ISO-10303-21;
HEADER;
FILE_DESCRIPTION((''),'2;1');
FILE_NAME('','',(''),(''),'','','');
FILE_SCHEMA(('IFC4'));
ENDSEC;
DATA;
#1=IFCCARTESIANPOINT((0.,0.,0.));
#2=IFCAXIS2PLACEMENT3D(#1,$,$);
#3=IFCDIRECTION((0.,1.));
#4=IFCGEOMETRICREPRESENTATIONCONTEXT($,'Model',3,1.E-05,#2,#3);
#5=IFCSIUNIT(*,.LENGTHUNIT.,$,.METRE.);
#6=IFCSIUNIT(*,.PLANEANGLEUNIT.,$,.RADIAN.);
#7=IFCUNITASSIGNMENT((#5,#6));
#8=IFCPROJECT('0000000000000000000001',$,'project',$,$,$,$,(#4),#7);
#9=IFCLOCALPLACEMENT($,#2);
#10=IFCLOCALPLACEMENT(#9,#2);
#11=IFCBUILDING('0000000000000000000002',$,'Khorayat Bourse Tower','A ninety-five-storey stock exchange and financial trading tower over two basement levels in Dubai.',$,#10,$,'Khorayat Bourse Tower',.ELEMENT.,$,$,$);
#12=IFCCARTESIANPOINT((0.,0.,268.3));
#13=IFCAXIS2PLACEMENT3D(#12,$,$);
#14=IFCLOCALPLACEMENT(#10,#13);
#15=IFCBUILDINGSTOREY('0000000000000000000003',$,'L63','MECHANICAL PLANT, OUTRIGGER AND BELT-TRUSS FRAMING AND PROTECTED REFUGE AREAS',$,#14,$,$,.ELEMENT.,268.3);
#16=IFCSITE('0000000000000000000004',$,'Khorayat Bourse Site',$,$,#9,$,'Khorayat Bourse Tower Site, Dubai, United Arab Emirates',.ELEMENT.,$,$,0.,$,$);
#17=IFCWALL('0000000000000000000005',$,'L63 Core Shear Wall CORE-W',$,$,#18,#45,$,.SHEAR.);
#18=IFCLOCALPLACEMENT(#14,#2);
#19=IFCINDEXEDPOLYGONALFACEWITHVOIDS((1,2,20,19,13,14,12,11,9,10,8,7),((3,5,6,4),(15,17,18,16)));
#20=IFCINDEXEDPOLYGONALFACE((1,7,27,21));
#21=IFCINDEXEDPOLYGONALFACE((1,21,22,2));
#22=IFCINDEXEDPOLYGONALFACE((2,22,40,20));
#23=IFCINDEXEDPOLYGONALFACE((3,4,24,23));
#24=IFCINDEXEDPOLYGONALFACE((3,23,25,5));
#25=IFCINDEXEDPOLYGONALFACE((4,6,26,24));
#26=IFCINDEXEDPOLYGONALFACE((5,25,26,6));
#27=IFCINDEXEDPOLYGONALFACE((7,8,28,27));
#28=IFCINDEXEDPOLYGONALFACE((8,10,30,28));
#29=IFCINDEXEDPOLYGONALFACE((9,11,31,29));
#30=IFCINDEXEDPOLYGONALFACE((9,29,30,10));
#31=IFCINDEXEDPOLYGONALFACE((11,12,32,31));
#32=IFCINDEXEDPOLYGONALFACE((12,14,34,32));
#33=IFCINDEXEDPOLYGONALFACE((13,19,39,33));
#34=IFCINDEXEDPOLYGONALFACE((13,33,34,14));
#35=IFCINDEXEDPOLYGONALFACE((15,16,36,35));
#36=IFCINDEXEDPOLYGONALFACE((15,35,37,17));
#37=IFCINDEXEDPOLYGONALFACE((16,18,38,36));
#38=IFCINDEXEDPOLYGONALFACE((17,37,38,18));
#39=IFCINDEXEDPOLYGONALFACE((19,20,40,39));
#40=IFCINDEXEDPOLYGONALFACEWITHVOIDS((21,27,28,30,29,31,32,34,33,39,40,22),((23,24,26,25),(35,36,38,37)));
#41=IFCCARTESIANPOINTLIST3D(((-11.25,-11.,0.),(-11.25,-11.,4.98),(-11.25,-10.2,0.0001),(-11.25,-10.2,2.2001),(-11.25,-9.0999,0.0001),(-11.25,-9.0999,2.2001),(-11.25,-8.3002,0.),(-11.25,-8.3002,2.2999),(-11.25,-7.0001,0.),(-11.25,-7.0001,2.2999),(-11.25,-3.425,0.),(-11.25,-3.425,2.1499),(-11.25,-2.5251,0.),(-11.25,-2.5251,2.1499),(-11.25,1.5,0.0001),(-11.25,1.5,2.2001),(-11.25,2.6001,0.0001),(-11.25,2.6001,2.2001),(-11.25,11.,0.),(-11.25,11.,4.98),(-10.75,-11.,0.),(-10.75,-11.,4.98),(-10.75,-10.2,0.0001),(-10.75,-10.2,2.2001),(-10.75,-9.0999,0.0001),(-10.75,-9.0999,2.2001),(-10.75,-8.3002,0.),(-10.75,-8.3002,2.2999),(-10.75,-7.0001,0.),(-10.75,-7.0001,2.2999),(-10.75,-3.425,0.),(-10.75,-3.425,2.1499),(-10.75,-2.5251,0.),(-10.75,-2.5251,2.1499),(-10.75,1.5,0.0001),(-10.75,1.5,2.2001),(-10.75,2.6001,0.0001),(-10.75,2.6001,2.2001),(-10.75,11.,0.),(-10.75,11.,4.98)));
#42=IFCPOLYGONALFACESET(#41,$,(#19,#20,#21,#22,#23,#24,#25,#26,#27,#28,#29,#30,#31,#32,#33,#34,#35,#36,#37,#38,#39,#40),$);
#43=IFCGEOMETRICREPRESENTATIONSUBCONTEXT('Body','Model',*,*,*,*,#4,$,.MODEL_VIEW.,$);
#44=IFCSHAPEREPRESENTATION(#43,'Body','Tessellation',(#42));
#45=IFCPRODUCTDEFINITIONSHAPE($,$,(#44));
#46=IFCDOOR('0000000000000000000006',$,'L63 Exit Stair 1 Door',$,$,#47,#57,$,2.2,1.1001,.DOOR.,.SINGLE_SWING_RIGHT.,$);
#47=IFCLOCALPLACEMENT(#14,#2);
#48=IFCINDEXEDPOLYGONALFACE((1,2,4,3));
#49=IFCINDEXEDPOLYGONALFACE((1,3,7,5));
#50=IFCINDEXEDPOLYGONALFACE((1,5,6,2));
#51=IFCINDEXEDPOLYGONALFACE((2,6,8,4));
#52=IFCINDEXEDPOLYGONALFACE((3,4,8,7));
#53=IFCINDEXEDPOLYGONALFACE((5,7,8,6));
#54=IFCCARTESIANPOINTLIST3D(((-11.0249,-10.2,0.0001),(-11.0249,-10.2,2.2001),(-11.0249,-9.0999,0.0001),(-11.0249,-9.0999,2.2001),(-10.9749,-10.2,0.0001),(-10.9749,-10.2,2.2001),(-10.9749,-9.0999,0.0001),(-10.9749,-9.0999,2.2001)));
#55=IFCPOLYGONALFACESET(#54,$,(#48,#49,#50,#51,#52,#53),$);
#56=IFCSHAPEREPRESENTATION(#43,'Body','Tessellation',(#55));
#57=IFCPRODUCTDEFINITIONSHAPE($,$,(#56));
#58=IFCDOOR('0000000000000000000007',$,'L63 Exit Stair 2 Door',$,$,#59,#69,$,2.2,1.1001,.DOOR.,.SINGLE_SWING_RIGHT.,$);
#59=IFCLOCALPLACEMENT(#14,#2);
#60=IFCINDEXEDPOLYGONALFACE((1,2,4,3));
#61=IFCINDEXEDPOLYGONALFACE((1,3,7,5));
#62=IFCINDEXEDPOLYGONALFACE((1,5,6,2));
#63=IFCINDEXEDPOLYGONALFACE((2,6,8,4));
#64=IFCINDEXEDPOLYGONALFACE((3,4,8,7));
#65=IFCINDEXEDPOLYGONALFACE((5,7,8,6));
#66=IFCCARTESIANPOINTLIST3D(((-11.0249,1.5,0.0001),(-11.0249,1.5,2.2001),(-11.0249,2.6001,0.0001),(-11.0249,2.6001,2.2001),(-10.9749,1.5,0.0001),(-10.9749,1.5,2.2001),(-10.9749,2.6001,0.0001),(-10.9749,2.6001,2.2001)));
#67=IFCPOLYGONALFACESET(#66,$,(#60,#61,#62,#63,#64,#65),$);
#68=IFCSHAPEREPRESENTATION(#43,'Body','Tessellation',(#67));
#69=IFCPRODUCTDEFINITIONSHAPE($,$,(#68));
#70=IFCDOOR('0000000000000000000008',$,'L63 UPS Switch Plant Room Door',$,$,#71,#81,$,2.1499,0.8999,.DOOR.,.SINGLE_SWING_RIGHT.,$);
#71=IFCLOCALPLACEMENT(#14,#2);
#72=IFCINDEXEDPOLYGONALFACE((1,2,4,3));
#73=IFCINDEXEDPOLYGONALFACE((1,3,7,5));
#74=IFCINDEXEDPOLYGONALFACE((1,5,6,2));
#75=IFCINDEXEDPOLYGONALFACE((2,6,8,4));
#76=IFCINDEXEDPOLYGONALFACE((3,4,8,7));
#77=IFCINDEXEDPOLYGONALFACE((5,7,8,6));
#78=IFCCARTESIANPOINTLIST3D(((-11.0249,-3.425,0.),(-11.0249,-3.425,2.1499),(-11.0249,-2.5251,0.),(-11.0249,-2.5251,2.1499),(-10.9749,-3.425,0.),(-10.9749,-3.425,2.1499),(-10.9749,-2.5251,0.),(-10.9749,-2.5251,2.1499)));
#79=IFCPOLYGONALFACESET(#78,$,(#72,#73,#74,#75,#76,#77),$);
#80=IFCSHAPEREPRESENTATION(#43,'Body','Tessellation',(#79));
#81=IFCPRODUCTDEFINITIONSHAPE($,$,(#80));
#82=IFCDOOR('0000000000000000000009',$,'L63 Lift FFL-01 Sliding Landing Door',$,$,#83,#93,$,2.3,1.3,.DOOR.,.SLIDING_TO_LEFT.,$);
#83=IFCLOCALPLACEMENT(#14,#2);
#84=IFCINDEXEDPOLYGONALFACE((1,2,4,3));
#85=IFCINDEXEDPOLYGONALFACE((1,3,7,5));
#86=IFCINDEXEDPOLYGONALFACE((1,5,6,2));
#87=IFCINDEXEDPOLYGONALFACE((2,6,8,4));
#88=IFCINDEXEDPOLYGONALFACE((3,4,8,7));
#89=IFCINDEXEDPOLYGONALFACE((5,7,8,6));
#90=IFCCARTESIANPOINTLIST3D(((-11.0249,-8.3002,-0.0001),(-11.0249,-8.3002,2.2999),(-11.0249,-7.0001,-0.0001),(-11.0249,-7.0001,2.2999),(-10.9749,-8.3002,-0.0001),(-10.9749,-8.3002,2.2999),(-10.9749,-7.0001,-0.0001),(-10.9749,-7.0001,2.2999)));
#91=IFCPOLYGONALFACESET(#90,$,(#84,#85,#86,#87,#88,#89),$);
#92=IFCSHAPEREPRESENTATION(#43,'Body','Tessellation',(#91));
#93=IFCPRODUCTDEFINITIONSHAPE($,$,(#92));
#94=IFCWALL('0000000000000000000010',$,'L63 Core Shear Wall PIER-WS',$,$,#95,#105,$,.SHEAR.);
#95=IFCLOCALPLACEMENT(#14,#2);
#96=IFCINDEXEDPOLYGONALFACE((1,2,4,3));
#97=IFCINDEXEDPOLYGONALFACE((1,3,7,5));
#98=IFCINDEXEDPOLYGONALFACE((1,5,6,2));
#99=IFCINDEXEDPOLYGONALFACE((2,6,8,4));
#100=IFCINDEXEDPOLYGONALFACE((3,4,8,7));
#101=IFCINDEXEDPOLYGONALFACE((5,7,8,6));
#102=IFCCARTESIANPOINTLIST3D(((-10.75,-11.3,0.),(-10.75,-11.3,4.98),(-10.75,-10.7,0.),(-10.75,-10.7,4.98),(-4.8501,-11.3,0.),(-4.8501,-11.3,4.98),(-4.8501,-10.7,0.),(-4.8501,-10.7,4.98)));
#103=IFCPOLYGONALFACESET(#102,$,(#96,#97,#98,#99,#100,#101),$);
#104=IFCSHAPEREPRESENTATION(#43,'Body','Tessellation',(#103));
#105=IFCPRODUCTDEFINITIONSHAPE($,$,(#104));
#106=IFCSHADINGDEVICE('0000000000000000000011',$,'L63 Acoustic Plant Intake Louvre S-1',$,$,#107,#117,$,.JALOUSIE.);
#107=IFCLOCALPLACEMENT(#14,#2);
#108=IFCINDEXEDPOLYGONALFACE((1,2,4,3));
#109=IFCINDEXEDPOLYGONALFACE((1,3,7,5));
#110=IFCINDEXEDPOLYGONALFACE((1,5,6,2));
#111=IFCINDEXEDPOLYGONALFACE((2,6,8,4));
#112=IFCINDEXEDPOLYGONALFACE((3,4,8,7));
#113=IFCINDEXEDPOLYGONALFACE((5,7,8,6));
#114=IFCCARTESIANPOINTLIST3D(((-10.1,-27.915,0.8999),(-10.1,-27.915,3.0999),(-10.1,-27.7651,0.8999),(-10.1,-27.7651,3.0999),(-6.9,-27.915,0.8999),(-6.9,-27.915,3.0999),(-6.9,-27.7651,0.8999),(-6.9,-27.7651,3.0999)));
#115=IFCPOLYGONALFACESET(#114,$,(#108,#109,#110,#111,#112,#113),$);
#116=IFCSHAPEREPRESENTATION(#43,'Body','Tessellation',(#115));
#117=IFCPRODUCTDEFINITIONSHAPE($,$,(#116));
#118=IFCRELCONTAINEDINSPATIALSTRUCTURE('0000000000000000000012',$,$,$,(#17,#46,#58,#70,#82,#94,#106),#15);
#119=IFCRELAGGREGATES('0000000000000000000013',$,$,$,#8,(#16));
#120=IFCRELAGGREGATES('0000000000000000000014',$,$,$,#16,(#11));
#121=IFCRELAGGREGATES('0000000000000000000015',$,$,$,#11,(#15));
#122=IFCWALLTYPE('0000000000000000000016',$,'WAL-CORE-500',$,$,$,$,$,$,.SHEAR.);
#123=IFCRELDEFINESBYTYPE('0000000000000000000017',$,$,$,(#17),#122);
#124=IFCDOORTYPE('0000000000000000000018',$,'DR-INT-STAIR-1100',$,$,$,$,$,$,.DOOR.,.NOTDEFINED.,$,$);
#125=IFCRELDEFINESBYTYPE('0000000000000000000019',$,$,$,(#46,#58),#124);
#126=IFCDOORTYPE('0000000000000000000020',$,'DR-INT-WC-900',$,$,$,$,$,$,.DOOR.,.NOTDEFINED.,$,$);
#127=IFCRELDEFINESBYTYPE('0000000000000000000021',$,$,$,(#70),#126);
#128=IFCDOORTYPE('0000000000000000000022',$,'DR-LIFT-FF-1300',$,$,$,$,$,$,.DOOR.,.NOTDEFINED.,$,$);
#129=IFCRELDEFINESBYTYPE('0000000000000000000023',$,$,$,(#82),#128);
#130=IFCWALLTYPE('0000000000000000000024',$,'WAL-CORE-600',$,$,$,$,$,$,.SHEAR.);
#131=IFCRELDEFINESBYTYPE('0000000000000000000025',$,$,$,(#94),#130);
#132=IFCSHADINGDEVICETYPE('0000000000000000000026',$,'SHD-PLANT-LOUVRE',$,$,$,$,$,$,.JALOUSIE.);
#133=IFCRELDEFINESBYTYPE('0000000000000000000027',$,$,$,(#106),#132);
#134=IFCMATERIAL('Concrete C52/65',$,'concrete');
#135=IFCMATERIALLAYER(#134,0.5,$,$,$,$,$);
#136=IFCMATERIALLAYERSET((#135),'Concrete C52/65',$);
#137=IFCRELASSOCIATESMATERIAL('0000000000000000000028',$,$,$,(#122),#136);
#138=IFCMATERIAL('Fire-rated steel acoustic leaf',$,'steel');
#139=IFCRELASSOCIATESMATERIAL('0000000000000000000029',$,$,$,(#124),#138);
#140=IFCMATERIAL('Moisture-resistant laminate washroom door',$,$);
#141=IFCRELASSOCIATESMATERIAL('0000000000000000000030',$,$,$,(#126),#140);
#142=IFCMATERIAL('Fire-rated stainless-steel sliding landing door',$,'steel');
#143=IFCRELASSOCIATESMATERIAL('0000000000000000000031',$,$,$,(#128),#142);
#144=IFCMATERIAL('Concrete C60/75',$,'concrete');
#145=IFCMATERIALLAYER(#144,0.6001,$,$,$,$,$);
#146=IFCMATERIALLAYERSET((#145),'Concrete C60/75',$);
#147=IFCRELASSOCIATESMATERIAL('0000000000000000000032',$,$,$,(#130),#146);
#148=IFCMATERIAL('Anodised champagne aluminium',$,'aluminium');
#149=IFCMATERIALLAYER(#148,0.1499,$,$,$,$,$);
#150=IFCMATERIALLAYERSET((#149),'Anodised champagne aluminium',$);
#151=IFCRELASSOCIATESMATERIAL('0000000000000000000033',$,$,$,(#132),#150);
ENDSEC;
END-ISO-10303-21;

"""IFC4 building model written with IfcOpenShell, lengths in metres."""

from ifc_helpers import new_model, si_unit, direction, frame, frame_2d, origin, origin_2d, place, context, subcontext, project, spatial, rectangle, extrude, source, transform, mapped, material, layer, layer_set, type_object, element, fill, save


model = new_model("IFC4")

# Units and contexts
model_context = context("Model", 3, precision=1e-05, world=origin(), true_north=direction((0.0, 1.0)))
body_context = subcontext(model_context, "Body", "Model", "MODEL_VIEW")
ifc_project = project(units=[si_unit("LENGTHUNIT", "METRE"), si_unit("PLANEANGLEUNIT", "RADIAN")], contexts=[model_context])

# Site, building, storey
site_placement = place(None, origin())
site = spatial("IfcSite", under=ifc_project, at=site_placement, Name="Khorayat Bourse Site", LongName="Khorayat Bourse Tower Site, Dubai, United Arab Emirates", CompositionType="ELEMENT", RefElevation=0.0)
building_placement = place(site_placement, origin())
building = spatial("IfcBuilding", under=site, at=building_placement, Name="Khorayat Bourse Tower", Description="A ninety-five-storey stock exchange and financial trading tower over two basement levels in Dubai.", LongName="Khorayat Bourse Tower", CompositionType="ELEMENT")
storey_placement = place(building_placement, frame((0.0, 0.0, 268.3)))
storey = spatial("IfcBuildingStorey", under=building, at=storey_placement, Name="L63", Description="MECHANICAL PLANT, OUTRIGGER AND BELT-TRUSS FRAMING AND PROTECTED REFUGE AREAS", CompositionType="ELEMENT", Elevation=268.3)

# Shared definitions
ifc_material_1 = material(Name="Concrete C52/65", Category="concrete")

# Shared definitions
ifc_material_2 = material(Name="Concrete C60/75", Category="concrete")

# Wall, openings, doors
ifc_layer_1 = layer(ifc_material_1, 0.5)
ifc_layer_set_1 = layer_set([ifc_layer_1], Name="Concrete C52/65")
wall_type_1 = type_object("IfcWallType", Name="WAL-CORE-500", PredefinedType="SHEAR", material=ifc_layer_set_1)
shared_shape_1 = source(origin(), body_context, "Body", "SweptSolid", [
    extrude(rectangle(XDim=22.0, YDim=0.5, at=frame_2d((11.0, 0.0))), origin(), (0.0, 0.0, 1.0), 4.98),
])
wall_1_placement = place(storey_placement, frame((-11.0, -11.0, 0.0), z_axis=(0.0, 0.0, 1.0), x_axis=(0.0, 1.0, 0.0)))
wall_1 = element("IfcWall", 1, at=wall_1_placement, inside=storey, type_object=wall_type_1, Name="L63 Core Shear Wall CORE-W", PredefinedType="SHEAR", context=body_context, shape_type="MappedRepresentation", body=[
    mapped(shared_shape_1, transform((0.0, 0.0, 0.0), scale=1.0)),
])
shared_shape_2 = source(origin(), body_context, "Body", "SweptSolid", [
    extrude(rectangle(XDim=1.1001, YDim=2.2, at=frame_2d((0.55, 1.1001))), frame((0.0, 0.26, 0.0), z_axis=(0.0, -1.0, 0.0), x_axis=(1.0, 0.0, 0.0)), (0.0, 0.0, 1.0), 0.52),
])
opening_1_placement = place(wall_1_placement, frame((0.8, 0.0, 0.0)))
opening_1 = element("IfcOpeningElement", 2, at=opening_1_placement, cuts=wall_1, PredefinedType="OPENING", context=body_context, shape_type="MappedRepresentation", body=[
    mapped(shared_shape_2, transform((0.0, 0.0, 0.0), scale=1.0)),
])
opening_2_placement = place(wall_1_placement, frame((12.5, 0.0, 0.0)))
opening_2 = element("IfcOpeningElement", 3, at=opening_2_placement, cuts=wall_1, PredefinedType="OPENING", context=body_context, shape_type="MappedRepresentation", body=[
    mapped(shared_shape_2, transform((0.0, 0.0, 0.0), scale=1.0)),
])
shared_shape_3 = source(origin(), body_context, "Body", "SweptSolid", [
    extrude(rectangle(XDim=0.8999, YDim=2.1499, at=frame_2d((0.45, 1.075))), frame((0.0, 0.26, 0.0), z_axis=(0.0, -1.0, 0.0), x_axis=(1.0, 0.0, 0.0)), (0.0, 0.0, 1.0), 0.52),
])
opening_3_placement = place(wall_1_placement, frame((7.575, 0.0, 0.0)))
opening_3 = element("IfcOpeningElement", 4, at=opening_3_placement, cuts=wall_1, PredefinedType="OPENING", context=body_context, shape_type="MappedRepresentation", body=[
    mapped(shared_shape_3, transform((0.0, 0.0, 0.0), scale=1.0)),
])
shared_shape_4 = source(origin(), body_context, "Body", "SweptSolid", [
    extrude(rectangle(XDim=1.3, YDim=2.3, at=frame_2d((0.6499, 1.1499))), frame((0.0, 0.26, 0.0), z_axis=(0.0, -1.0, 0.0), x_axis=(1.0, 0.0, 0.0)), (0.0, 0.0, 1.0), 0.52),
])
opening_4_placement = place(wall_1_placement, frame((2.7, 0.0, 0.0)))
opening_4 = element("IfcOpeningElement", 5, at=opening_4_placement, cuts=wall_1, PredefinedType="OPENING", context=body_context, shape_type="MappedRepresentation", body=[
    mapped(shared_shape_4, transform((0.0, 0.0, 0.0), scale=1.0)),
])
ifc_material_3 = material(Name="Fire-rated steel acoustic leaf", Category="steel")
door_type_1 = type_object("IfcDoorType", Name="DR-INT-STAIR-1100", OperationType="NOTDEFINED", PredefinedType="DOOR", material=ifc_material_3)
shared_shape_5 = source(origin(), body_context, "Body", "SweptSolid", [
    extrude(rectangle(XDim=1.1001, YDim=2.2, at=frame_2d((0.55, 1.1001))), frame((0.0, 0.0249, 0.0), z_axis=(0.0, -1.0, 0.0), x_axis=(1.0, 0.0, 0.0)), (0.0, 0.0, 1.0), 0.05),
])
door_1_placement = place(opening_1_placement, origin())
door_1 = element("IfcDoor", 6, at=door_1_placement, inside=storey, type_object=door_type_1, Name="L63 Exit Stair 1 Door", OperationType="SINGLE_SWING_RIGHT", OverallHeight=2.2, OverallWidth=1.1001, PredefinedType="DOOR", context=body_context, shape_type="MappedRepresentation", body=[
    mapped(shared_shape_5, transform((0.0, 0.0, 0.0), scale=1.0)),
])
fill(opening_1, door_1)
door_2_placement = place(opening_2_placement, origin())
door_2 = element("IfcDoor", 7, at=door_2_placement, inside=storey, type_object=door_type_1, Name="L63 Exit Stair 2 Door", OperationType="SINGLE_SWING_RIGHT", OverallHeight=2.2, OverallWidth=1.1001, PredefinedType="DOOR", context=body_context, shape_type="MappedRepresentation", body=[
    mapped(shared_shape_5, transform((0.0, 0.0, 0.0), scale=1.0)),
])
fill(opening_2, door_2)
ifc_material_4 = material(Name="Moisture-resistant laminate washroom door")
door_type_2 = type_object("IfcDoorType", Name="DR-INT-WC-900", OperationType="NOTDEFINED", PredefinedType="DOOR", material=ifc_material_4)
shared_shape_6 = source(origin(), body_context, "Body", "SweptSolid", [
    extrude(rectangle(XDim=0.8999, YDim=2.1499, at=frame_2d((0.45, 1.075))), frame((0.0, 0.0249, 0.0), z_axis=(0.0, -1.0, 0.0), x_axis=(1.0, 0.0, 0.0)), (0.0, 0.0, 1.0), 0.05),
])
door_3_placement = place(opening_3_placement, origin())
door_3 = element("IfcDoor", 8, at=door_3_placement, inside=storey, type_object=door_type_2, Name="L63 UPS Switch Plant Room Door", OperationType="SINGLE_SWING_RIGHT", OverallHeight=2.1499, OverallWidth=0.8999, PredefinedType="DOOR", context=body_context, shape_type="MappedRepresentation", body=[
    mapped(shared_shape_6, transform((0.0, 0.0, 0.0), scale=1.0)),
])
fill(opening_3, door_3)
ifc_material_5 = material(Name="Fire-rated stainless-steel sliding landing door", Category="steel")
door_type_3 = type_object("IfcDoorType", Name="DR-LIFT-FF-1300", OperationType="NOTDEFINED", PredefinedType="DOOR", material=ifc_material_5)
shared_shape_7 = source(origin(), body_context, "Body", "SweptSolid", [
    extrude(rectangle(XDim=1.3, YDim=2.3, at=frame_2d((0.6499, 1.1499))), frame((0.0, 0.0249, 0.0), z_axis=(0.0, -1.0, 0.0), x_axis=(1.0, 0.0, 0.0)), (0.0, 0.0, 1.0), 0.05),
])
door_4_placement = place(opening_4_placement, origin())
door_4 = element("IfcDoor", 9, at=door_4_placement, inside=storey, type_object=door_type_3, Name="L63 Lift FFL-01 Sliding Landing Door", OperationType="SLIDING_TO_LEFT", OverallHeight=2.3, OverallWidth=1.3, PredefinedType="DOOR", context=body_context, shape_type="MappedRepresentation", body=[
    mapped(shared_shape_7, transform((0.0, 0.0, 0.0), scale=1.0)),
])
fill(opening_4, door_4)

# Wall
ifc_layer_2 = layer(ifc_material_2, 0.6001)
ifc_layer_set_2 = layer_set([ifc_layer_2], Name="Concrete C60/75")
wall_type_2 = type_object("IfcWallType", Name="WAL-CORE-600", PredefinedType="SHEAR", material=ifc_layer_set_2)
shared_shape_8 = source(origin(), body_context, "Body", "SweptSolid", [
    extrude(rectangle(XDim=5.8999, YDim=0.6001, at=frame_2d((2.95, 0.0))), origin(), (0.0, 0.0, 1.0), 4.98),
])
wall_2_placement = place(storey_placement, frame((-10.75, -11.0, 0.0), z_axis=(0.0, 0.0, 1.0), x_axis=(1.0, 0.0, 0.0)))
element("IfcWall", 10, at=wall_2_placement, inside=storey, type_object=wall_type_2, Name="L63 Core Shear Wall PIER-WS", PredefinedType="SHEAR", context=body_context, shape_type="MappedRepresentation", body=[
    mapped(shared_shape_8, transform((0.0, 0.0, 0.0), scale=1.0)),
])

# Shading device
ifc_material_6 = material(Name="Anodised champagne aluminium", Category="aluminium")
ifc_layer_3 = layer(ifc_material_6, 0.1499)
ifc_layer_set_3 = layer_set([ifc_layer_3], Name="Anodised champagne aluminium")
shading_device_type = type_object("IfcShadingDeviceType", Name="SHD-PLANT-LOUVRE", PredefinedType="JALOUSIE", material=ifc_layer_set_3)
shared_shape_9 = source(origin(), body_context, "Body", "SweptSolid", [
    extrude(rectangle(XDim=3.2, YDim=0.1499, at=origin_2d()), origin(), (0.0, 0.0, 1.0), 2.2),
])
shading_device_placement = place(storey_placement, frame((-8.5, -27.8401, 0.8999), z_axis=(0.0, 0.0, 1.0), x_axis=(1.0, 0.0, 0.0)))
element("IfcShadingDevice", 11, at=shading_device_placement, inside=storey, type_object=shading_device_type, Name="L63 Acoustic Plant Intake Louvre S-1", PredefinedType="JALOUSIE", context=body_context, shape_type="MappedRepresentation", body=[
    mapped(shared_shape_9, transform((0.0, 0.0, 0.0), scale=1.0)),
])

save(model, "model.ifc")
